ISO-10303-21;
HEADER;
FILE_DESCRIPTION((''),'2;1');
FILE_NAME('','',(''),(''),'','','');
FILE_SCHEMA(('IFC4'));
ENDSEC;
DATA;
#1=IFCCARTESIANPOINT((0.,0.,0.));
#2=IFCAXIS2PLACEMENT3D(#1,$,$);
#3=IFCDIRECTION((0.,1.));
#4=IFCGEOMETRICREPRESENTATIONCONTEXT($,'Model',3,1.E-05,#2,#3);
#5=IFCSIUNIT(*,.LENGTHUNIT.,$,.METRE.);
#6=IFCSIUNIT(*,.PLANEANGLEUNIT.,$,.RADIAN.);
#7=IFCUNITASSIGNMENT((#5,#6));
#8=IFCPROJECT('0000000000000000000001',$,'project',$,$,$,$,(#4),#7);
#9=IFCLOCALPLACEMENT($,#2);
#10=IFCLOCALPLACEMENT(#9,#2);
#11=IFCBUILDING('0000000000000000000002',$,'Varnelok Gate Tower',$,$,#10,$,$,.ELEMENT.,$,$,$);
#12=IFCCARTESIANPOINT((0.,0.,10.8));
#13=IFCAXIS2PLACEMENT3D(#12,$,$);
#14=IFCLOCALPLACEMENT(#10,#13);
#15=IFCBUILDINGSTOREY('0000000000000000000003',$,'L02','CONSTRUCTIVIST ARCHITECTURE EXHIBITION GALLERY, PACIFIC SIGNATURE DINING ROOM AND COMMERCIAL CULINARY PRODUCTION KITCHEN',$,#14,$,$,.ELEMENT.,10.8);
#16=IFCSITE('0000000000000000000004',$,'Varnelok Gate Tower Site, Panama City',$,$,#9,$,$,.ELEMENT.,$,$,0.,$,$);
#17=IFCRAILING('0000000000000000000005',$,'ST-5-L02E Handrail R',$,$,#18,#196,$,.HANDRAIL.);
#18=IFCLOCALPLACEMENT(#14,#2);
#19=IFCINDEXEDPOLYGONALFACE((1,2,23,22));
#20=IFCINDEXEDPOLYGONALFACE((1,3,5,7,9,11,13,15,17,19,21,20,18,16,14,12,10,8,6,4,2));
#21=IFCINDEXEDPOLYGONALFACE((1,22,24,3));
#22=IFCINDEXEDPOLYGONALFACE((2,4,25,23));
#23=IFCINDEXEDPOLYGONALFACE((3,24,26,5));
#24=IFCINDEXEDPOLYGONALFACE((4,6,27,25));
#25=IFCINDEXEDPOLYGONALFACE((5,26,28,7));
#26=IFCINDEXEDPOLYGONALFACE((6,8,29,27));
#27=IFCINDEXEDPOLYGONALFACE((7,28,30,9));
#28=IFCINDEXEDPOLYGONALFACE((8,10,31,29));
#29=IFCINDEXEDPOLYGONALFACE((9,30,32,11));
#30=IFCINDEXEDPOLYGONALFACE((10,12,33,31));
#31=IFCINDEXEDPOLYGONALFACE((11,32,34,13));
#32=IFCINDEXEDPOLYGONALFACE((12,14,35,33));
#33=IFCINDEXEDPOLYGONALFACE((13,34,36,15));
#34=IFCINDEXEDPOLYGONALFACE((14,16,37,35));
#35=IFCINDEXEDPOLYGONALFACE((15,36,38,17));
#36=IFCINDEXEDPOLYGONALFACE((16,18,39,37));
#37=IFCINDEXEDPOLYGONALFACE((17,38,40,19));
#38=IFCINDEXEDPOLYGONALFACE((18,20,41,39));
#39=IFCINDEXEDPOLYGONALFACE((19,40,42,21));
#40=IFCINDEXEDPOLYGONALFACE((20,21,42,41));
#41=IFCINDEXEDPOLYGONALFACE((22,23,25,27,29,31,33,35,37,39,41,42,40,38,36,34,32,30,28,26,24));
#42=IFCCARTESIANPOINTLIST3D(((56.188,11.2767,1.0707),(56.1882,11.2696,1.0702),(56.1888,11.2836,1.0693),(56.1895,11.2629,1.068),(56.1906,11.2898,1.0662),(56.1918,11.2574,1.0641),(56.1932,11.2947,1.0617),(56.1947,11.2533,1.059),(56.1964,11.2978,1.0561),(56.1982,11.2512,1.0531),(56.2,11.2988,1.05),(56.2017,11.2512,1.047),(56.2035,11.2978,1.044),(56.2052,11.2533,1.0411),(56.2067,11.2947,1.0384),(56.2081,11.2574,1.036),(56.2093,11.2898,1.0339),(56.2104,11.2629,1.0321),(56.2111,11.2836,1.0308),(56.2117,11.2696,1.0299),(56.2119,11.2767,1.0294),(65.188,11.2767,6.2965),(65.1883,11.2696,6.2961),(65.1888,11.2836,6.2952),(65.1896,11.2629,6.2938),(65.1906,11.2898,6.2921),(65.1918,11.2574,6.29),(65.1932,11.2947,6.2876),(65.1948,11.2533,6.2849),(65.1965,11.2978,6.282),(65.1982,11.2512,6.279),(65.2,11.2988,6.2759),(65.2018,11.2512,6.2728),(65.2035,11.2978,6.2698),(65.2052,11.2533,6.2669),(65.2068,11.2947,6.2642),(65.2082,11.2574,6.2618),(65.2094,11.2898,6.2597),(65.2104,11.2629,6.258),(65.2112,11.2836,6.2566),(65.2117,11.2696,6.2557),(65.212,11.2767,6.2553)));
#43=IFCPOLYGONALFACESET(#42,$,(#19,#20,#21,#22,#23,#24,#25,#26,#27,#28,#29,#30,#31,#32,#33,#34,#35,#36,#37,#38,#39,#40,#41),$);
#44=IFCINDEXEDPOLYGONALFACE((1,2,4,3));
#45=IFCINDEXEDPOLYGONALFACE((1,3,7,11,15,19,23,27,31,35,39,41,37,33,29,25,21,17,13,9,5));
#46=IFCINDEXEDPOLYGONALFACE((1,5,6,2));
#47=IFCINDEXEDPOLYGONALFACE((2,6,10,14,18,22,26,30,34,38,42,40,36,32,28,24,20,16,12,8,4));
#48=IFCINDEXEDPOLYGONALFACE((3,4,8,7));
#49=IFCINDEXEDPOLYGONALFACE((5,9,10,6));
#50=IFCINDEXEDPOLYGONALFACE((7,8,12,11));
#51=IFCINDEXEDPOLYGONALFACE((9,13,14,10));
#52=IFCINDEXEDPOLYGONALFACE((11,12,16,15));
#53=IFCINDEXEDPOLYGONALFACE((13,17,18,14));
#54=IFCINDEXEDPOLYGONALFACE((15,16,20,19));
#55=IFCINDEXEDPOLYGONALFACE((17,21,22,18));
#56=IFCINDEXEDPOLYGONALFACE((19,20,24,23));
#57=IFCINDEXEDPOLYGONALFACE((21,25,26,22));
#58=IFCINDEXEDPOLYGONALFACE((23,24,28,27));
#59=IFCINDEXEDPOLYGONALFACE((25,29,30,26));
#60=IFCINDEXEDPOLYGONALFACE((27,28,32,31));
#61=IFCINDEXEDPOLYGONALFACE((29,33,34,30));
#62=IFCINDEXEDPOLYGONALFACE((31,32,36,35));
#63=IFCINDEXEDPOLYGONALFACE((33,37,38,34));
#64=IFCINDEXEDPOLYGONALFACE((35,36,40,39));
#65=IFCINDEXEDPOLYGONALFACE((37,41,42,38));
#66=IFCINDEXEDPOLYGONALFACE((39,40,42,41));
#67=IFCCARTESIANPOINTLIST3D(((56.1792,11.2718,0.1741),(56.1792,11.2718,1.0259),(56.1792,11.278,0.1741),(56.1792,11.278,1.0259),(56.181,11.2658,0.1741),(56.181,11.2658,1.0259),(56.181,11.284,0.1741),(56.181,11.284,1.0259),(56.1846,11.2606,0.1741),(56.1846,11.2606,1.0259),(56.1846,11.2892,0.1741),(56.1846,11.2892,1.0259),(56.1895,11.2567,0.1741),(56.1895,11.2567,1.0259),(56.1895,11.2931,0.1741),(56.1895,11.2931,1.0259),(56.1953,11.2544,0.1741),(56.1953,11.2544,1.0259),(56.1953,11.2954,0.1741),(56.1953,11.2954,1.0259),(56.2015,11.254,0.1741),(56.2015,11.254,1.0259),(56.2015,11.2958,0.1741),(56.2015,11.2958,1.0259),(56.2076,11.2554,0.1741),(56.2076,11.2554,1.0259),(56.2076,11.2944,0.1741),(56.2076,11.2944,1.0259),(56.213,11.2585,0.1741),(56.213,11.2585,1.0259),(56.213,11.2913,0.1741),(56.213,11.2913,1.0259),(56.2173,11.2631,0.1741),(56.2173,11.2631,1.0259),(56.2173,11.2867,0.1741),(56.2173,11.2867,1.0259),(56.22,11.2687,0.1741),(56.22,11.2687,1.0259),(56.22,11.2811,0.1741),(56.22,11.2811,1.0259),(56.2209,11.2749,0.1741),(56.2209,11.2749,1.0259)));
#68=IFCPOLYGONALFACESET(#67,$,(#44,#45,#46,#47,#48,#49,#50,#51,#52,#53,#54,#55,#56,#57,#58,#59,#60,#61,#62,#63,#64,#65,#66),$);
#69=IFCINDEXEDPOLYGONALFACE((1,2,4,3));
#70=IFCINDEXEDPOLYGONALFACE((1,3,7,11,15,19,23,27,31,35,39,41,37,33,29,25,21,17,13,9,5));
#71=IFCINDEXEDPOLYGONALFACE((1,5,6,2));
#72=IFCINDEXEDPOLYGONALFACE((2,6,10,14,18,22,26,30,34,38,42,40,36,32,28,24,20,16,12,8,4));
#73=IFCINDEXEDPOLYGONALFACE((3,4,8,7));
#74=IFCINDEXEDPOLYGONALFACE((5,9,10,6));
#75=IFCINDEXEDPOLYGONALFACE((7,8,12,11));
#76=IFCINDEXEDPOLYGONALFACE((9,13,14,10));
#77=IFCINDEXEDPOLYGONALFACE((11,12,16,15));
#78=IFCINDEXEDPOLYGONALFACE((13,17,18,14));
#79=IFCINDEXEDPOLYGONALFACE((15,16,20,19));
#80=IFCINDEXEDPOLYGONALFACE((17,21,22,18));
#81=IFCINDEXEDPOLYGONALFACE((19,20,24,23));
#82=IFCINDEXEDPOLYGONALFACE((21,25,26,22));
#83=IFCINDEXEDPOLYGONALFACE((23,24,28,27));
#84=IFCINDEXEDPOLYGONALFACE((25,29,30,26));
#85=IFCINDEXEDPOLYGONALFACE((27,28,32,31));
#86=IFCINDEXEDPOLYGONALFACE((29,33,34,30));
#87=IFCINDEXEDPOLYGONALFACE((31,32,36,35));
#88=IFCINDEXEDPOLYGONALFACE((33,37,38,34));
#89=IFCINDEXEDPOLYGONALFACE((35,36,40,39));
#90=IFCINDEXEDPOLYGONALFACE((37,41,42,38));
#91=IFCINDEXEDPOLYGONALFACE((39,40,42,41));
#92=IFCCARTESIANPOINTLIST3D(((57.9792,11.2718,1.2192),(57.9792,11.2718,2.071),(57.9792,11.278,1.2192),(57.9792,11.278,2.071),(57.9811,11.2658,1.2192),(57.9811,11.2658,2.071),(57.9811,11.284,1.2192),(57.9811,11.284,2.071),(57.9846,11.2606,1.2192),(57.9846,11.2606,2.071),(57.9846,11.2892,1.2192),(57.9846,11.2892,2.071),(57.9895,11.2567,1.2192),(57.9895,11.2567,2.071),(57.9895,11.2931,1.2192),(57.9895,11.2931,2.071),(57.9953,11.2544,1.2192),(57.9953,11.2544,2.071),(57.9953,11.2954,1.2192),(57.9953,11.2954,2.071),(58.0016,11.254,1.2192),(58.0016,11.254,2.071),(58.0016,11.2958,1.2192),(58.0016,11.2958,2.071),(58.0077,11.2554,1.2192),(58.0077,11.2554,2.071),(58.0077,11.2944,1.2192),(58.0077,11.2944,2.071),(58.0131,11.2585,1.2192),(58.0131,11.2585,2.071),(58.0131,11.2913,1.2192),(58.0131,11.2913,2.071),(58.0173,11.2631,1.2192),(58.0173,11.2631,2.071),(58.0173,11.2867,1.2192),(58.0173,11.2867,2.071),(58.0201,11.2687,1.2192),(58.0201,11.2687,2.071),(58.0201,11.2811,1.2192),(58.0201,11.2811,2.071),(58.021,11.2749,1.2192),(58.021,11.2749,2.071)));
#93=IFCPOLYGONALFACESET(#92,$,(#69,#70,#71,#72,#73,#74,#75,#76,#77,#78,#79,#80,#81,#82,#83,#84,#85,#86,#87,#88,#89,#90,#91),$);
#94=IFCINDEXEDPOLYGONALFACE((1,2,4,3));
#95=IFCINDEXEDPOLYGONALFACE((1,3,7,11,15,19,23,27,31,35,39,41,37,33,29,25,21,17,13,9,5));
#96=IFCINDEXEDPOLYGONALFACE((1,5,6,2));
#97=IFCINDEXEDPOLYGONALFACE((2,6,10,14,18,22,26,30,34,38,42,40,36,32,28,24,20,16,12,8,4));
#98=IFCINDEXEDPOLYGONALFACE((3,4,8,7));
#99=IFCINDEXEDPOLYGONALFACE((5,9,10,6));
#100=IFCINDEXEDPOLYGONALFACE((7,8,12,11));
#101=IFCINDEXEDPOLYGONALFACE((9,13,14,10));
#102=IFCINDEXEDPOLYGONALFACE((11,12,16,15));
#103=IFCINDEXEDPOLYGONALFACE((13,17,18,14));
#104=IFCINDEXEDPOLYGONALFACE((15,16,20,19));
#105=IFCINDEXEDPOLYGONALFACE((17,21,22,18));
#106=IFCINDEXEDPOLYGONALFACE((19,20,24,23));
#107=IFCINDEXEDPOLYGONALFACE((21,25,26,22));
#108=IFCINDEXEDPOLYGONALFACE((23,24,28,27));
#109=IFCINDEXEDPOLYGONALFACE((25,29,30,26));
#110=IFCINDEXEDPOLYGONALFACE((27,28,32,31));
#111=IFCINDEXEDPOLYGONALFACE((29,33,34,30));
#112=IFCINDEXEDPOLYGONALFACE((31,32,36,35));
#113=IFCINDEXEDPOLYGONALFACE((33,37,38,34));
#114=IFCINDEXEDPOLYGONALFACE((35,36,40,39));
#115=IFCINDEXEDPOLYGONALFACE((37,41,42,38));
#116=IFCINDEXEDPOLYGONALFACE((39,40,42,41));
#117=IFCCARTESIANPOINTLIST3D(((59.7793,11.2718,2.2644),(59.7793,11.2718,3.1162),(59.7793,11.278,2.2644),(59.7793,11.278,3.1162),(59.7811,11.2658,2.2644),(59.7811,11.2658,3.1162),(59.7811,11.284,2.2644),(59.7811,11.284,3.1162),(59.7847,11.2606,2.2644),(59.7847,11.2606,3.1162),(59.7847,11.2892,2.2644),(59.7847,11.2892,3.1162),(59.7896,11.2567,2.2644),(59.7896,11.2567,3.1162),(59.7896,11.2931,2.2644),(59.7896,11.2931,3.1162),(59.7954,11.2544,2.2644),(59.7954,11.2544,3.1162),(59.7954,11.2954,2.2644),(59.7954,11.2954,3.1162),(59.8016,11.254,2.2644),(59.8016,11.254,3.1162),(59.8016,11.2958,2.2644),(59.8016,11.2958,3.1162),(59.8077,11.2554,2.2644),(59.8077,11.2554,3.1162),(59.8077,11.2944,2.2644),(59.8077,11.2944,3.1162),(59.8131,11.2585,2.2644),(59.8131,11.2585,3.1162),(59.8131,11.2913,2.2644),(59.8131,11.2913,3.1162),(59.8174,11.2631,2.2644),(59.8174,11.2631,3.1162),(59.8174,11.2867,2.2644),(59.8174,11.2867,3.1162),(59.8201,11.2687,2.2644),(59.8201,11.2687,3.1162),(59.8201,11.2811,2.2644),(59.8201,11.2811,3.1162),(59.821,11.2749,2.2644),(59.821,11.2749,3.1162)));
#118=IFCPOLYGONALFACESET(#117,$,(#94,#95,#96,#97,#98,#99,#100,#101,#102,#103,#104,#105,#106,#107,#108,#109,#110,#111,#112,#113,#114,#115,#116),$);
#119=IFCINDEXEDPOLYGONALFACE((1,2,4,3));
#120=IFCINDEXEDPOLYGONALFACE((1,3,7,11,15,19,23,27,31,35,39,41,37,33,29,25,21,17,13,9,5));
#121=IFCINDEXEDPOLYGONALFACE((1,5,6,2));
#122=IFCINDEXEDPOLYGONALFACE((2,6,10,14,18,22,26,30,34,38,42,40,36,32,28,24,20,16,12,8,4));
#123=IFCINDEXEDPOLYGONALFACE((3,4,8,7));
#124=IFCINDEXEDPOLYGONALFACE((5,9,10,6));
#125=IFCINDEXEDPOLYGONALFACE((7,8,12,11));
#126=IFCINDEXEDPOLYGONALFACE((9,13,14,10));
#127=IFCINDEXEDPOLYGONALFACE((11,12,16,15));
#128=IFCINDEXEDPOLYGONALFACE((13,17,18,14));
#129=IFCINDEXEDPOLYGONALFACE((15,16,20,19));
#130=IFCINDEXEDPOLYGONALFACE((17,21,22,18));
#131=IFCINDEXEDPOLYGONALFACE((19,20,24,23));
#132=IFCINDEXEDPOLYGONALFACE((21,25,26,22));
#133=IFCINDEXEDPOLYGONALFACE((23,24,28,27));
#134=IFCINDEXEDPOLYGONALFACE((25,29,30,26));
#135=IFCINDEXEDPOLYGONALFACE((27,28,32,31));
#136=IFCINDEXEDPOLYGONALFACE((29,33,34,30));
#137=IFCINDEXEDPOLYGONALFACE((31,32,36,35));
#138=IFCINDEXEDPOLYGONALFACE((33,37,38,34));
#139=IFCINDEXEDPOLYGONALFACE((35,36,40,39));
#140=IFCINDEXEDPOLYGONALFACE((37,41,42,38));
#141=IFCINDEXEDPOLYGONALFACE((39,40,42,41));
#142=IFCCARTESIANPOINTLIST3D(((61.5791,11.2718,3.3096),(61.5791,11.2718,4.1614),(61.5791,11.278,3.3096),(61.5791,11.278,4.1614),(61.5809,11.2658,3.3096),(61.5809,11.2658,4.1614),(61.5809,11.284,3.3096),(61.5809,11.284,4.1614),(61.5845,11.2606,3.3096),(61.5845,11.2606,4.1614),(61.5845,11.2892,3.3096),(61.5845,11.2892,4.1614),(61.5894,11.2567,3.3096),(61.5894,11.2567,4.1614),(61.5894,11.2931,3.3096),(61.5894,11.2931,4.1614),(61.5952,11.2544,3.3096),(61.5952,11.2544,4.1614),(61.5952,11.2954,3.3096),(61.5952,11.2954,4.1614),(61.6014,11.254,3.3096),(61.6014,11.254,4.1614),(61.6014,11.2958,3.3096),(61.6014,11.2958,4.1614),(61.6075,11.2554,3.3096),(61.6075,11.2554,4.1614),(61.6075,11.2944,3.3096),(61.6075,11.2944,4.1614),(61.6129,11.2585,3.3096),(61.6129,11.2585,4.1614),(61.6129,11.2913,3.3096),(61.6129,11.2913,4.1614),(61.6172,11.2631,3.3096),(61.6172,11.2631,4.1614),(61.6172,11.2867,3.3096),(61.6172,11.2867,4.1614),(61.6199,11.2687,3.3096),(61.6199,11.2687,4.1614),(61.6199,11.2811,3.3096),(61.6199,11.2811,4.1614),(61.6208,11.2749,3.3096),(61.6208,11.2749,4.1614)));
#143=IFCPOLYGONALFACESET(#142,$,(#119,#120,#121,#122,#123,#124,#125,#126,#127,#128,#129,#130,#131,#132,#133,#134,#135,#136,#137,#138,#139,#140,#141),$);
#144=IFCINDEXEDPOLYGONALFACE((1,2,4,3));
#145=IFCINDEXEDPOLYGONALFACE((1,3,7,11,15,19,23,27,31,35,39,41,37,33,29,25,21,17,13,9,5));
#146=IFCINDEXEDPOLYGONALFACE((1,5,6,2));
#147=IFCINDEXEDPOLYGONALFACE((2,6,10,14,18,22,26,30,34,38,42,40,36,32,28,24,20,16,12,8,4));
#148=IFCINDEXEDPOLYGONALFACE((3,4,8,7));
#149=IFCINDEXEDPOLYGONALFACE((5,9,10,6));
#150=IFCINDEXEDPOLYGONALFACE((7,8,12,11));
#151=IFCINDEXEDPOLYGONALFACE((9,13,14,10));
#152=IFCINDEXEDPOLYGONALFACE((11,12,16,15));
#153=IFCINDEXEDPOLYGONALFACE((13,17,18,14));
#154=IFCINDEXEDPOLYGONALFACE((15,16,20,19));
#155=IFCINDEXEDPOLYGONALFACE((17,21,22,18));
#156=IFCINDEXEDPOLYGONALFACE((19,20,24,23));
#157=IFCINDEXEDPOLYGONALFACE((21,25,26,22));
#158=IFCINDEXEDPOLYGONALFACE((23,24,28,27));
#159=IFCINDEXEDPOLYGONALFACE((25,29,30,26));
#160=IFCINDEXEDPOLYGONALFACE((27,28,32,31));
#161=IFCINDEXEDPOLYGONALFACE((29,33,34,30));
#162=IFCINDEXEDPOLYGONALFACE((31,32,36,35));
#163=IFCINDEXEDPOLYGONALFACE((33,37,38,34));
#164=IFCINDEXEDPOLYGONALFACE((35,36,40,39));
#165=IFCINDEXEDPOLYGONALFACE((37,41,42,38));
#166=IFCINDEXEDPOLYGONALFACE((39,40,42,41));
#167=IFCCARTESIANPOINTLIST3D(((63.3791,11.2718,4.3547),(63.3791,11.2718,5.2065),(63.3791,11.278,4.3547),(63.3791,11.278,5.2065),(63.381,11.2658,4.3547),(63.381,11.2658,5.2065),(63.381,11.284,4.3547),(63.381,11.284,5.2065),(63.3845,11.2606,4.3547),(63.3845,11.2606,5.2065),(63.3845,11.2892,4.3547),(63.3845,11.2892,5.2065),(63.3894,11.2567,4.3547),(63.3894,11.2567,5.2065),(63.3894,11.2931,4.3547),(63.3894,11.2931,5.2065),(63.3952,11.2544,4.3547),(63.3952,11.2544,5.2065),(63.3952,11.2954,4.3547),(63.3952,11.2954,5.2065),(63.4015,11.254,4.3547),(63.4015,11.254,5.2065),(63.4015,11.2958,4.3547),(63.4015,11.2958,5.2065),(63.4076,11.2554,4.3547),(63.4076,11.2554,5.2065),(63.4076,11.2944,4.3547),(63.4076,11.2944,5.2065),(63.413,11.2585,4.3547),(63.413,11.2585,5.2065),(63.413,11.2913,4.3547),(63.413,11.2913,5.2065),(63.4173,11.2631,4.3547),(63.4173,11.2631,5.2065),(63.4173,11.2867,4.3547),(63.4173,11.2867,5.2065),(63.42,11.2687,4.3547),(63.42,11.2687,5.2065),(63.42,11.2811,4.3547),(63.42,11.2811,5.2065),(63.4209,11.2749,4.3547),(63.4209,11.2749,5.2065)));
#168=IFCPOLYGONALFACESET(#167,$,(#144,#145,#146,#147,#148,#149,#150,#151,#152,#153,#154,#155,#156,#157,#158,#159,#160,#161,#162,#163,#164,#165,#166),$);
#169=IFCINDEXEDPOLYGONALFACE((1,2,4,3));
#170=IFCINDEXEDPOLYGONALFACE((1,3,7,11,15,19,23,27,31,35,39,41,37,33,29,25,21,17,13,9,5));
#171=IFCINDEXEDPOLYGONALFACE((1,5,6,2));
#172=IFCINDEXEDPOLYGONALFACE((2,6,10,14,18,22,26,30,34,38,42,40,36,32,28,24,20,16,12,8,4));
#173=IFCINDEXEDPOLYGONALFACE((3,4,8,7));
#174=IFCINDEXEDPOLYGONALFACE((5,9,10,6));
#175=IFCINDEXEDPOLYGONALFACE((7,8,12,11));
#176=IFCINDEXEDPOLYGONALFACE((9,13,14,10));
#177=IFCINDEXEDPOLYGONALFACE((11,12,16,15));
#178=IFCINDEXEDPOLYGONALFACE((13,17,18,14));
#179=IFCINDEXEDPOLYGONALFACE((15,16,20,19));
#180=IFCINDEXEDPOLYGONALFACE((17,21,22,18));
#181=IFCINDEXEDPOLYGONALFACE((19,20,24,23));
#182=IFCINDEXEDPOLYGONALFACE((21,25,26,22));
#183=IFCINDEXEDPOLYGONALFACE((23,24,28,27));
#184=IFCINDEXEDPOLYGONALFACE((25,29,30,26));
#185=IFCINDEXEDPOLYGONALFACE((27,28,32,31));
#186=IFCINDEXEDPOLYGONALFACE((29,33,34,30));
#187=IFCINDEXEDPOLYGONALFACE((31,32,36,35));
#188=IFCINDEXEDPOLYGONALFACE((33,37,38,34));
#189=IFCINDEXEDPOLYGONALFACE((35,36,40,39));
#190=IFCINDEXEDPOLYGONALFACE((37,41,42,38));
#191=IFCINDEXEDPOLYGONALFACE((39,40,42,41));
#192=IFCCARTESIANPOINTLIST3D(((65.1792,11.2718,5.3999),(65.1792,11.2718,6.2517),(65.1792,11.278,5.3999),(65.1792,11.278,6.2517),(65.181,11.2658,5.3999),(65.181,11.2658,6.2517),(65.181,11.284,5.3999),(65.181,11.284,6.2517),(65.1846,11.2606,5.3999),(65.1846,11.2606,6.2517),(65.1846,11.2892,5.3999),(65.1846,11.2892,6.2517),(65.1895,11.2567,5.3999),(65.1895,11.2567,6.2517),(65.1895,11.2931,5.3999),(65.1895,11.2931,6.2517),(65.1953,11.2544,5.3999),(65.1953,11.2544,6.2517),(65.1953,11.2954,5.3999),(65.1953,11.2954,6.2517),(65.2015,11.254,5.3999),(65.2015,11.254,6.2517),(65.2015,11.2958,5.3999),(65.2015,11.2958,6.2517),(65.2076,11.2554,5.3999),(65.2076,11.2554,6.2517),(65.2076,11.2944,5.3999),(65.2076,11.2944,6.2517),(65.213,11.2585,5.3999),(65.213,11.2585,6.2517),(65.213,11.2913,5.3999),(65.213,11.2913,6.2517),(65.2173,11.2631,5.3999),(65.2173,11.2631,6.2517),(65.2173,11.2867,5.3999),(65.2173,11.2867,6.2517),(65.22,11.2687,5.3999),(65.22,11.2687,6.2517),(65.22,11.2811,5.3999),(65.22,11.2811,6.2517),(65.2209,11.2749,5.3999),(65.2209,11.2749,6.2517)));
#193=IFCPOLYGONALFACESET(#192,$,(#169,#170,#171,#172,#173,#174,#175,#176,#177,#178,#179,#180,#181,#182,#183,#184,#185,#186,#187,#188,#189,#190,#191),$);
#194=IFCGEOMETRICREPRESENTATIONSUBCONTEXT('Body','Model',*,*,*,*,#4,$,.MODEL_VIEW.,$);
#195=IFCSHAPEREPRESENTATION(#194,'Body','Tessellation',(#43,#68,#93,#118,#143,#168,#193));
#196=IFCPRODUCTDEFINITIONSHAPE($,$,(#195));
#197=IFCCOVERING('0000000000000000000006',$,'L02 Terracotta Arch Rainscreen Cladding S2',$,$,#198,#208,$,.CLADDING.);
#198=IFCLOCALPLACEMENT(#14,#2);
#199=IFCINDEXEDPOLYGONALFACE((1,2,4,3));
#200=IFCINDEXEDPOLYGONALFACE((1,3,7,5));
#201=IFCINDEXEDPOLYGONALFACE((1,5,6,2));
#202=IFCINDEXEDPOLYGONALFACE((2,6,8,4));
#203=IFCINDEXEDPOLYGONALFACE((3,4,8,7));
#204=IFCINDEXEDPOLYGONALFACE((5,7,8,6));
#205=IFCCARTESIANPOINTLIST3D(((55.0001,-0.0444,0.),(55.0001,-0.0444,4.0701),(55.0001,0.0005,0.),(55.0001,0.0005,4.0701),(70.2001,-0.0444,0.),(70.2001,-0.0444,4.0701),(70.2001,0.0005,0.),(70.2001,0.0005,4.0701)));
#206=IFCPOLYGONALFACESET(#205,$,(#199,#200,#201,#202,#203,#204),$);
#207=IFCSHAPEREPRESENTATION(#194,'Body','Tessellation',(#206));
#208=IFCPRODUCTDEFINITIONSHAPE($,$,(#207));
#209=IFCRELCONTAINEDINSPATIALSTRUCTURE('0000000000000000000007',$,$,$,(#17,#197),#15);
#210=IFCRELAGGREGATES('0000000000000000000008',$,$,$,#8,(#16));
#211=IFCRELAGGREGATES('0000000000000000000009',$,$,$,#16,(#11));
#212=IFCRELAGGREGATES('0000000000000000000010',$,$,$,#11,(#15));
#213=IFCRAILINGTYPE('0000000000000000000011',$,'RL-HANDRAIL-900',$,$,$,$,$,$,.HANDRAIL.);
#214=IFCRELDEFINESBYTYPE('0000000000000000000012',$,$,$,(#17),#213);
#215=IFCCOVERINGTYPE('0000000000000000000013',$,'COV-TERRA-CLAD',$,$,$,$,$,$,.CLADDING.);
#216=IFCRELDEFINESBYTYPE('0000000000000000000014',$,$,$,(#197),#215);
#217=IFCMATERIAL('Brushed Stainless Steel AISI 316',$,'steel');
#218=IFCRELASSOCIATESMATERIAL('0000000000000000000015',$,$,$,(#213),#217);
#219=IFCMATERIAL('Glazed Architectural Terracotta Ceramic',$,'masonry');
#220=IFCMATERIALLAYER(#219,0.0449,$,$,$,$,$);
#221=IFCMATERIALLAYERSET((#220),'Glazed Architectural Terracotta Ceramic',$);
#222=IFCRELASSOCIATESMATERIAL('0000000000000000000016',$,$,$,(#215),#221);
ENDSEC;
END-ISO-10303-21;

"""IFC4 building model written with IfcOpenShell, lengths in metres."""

from ifc_helpers import new_model, si_unit, direction, frame, origin, origin_2d, place, context, subcontext, project, spatial, rectangle, circle, extrude, source, transform, mapped, material, layer, layer_set, type_object, element, save


model = new_model("IFC4")

# Units and contexts
model_context = context("Model", 3, precision=1e-05, world=origin(), true_north=direction((0.0, 1.0)))
body_context = subcontext(model_context, "Body", "Model", "MODEL_VIEW")
ifc_project = project(units=[si_unit("LENGTHUNIT", "METRE"), si_unit("PLANEANGLEUNIT", "RADIAN")], contexts=[model_context])

# Site, building, storey
site_placement = place(None, origin())
site = spatial("IfcSite", under=ifc_project, at=site_placement, Name="Varnelok Gate Tower Site, Panama City", CompositionType="ELEMENT", RefElevation=0.0)
building_placement = place(site_placement, origin())
building = spatial("IfcBuilding", under=site, at=building_placement, Name="Varnelok Gate Tower", CompositionType="ELEMENT")
storey_placement = place(building_placement, frame((0.0, 0.0, 10.8)))
storey = spatial("IfcBuildingStorey", under=building, at=storey_placement, Name="L02", Description="CONSTRUCTIVIST ARCHITECTURE EXHIBITION GALLERY, PACIFIC SIGNATURE DINING ROOM AND COMMERCIAL CULINARY PRODUCTION KITCHEN", CompositionType="ELEMENT", Elevation=10.8)

# Railing
ifc_material_1 = material(Name="Brushed Stainless Steel AISI 316", Category="steel")
railing_type_1 = type_object("IfcRailingType", Name="RL-HANDRAIL-900", PredefinedType="HANDRAIL", material=ifc_material_1)
for number, where, name in (
    (1, (56.2, 11.2749, 0.1741), "ST-5-L02E Handrail R"),
):
    element("IfcRailing", number, at=place(storey_placement, frame(where)), inside=storey, type_object=railing_type_1, Name=name, PredefinedType="HANDRAIL", context=body_context, shape_type="SweptSolid", body=[
        extrude(circle(Radius=0.0239, at=origin_2d()), frame((0.0, 0.0, 0.876), z_axis=(0.864788, 0.0, 0.502137), x_axis=(0.0, 1.0, 0.0)), (0.0, 0.0, 1.0), 10.4072),
        extrude(circle(Radius=0.021, at=origin_2d()), origin(), (0.0, 0.0, 1.0), 0.8518),
        extrude(circle(Radius=0.021, at=origin_2d()), frame((1.8, 0.0, 1.0452)), (0.0, 0.0, 1.0), 0.8518),
        extrude(circle(Radius=0.021, at=origin_2d()), frame((3.6001, 0.0, 2.0903)), (0.0, 0.0, 1.0), 0.8518),
        extrude(circle(Radius=0.021, at=origin_2d()), frame((5.3999, 0.0, 3.1355)), (0.0, 0.0, 1.0), 0.8518),
        extrude(circle(Radius=0.021, at=origin_2d()), frame((7.2, 0.0, 4.1807)), (0.0, 0.0, 1.0), 0.8518),
        extrude(circle(Radius=0.021, at=origin_2d()), frame((9.0, 0.0, 5.2258)), (0.0, 0.0, 1.0), 0.8518),
    ])

# Covering
ifc_material_2 = material(Name="Glazed Architectural Terracotta Ceramic", Category="masonry")
ifc_layer_1 = layer(ifc_material_2, 0.0449)
ifc_layer_set_1 = layer_set([ifc_layer_1], Name="Glazed Architectural Terracotta Ceramic")
covering_type = type_object("IfcCoveringType", Name="COV-TERRA-CLAD", PredefinedType="CLADDING", material=ifc_layer_set_1)
shared_shape_1 = source(origin(), body_context, "Body", "SweptSolid", [
    extrude(rectangle(XDim=15.2, YDim=0.0449, at=origin_2d()), origin(), (0.0, 0.0, 1.0), 4.0701),
])
covering_placement = place(storey_placement, frame((62.6001, -0.022, 0.0), z_axis=(0.0, 0.0, 1.0), x_axis=(1.0, 0.0, 0.0)))
element("IfcCovering", 2, at=covering_placement, inside=storey, type_object=covering_type, Name="L02 Terracotta Arch Rainscreen Cladding S2", PredefinedType="CLADDING", context=body_context, shape_type="MappedRepresentation", body=[
    mapped(shared_shape_1, transform((0.0, 0.0, 0.0), scale=1.0)),
])

save(model, "model.ifc")
